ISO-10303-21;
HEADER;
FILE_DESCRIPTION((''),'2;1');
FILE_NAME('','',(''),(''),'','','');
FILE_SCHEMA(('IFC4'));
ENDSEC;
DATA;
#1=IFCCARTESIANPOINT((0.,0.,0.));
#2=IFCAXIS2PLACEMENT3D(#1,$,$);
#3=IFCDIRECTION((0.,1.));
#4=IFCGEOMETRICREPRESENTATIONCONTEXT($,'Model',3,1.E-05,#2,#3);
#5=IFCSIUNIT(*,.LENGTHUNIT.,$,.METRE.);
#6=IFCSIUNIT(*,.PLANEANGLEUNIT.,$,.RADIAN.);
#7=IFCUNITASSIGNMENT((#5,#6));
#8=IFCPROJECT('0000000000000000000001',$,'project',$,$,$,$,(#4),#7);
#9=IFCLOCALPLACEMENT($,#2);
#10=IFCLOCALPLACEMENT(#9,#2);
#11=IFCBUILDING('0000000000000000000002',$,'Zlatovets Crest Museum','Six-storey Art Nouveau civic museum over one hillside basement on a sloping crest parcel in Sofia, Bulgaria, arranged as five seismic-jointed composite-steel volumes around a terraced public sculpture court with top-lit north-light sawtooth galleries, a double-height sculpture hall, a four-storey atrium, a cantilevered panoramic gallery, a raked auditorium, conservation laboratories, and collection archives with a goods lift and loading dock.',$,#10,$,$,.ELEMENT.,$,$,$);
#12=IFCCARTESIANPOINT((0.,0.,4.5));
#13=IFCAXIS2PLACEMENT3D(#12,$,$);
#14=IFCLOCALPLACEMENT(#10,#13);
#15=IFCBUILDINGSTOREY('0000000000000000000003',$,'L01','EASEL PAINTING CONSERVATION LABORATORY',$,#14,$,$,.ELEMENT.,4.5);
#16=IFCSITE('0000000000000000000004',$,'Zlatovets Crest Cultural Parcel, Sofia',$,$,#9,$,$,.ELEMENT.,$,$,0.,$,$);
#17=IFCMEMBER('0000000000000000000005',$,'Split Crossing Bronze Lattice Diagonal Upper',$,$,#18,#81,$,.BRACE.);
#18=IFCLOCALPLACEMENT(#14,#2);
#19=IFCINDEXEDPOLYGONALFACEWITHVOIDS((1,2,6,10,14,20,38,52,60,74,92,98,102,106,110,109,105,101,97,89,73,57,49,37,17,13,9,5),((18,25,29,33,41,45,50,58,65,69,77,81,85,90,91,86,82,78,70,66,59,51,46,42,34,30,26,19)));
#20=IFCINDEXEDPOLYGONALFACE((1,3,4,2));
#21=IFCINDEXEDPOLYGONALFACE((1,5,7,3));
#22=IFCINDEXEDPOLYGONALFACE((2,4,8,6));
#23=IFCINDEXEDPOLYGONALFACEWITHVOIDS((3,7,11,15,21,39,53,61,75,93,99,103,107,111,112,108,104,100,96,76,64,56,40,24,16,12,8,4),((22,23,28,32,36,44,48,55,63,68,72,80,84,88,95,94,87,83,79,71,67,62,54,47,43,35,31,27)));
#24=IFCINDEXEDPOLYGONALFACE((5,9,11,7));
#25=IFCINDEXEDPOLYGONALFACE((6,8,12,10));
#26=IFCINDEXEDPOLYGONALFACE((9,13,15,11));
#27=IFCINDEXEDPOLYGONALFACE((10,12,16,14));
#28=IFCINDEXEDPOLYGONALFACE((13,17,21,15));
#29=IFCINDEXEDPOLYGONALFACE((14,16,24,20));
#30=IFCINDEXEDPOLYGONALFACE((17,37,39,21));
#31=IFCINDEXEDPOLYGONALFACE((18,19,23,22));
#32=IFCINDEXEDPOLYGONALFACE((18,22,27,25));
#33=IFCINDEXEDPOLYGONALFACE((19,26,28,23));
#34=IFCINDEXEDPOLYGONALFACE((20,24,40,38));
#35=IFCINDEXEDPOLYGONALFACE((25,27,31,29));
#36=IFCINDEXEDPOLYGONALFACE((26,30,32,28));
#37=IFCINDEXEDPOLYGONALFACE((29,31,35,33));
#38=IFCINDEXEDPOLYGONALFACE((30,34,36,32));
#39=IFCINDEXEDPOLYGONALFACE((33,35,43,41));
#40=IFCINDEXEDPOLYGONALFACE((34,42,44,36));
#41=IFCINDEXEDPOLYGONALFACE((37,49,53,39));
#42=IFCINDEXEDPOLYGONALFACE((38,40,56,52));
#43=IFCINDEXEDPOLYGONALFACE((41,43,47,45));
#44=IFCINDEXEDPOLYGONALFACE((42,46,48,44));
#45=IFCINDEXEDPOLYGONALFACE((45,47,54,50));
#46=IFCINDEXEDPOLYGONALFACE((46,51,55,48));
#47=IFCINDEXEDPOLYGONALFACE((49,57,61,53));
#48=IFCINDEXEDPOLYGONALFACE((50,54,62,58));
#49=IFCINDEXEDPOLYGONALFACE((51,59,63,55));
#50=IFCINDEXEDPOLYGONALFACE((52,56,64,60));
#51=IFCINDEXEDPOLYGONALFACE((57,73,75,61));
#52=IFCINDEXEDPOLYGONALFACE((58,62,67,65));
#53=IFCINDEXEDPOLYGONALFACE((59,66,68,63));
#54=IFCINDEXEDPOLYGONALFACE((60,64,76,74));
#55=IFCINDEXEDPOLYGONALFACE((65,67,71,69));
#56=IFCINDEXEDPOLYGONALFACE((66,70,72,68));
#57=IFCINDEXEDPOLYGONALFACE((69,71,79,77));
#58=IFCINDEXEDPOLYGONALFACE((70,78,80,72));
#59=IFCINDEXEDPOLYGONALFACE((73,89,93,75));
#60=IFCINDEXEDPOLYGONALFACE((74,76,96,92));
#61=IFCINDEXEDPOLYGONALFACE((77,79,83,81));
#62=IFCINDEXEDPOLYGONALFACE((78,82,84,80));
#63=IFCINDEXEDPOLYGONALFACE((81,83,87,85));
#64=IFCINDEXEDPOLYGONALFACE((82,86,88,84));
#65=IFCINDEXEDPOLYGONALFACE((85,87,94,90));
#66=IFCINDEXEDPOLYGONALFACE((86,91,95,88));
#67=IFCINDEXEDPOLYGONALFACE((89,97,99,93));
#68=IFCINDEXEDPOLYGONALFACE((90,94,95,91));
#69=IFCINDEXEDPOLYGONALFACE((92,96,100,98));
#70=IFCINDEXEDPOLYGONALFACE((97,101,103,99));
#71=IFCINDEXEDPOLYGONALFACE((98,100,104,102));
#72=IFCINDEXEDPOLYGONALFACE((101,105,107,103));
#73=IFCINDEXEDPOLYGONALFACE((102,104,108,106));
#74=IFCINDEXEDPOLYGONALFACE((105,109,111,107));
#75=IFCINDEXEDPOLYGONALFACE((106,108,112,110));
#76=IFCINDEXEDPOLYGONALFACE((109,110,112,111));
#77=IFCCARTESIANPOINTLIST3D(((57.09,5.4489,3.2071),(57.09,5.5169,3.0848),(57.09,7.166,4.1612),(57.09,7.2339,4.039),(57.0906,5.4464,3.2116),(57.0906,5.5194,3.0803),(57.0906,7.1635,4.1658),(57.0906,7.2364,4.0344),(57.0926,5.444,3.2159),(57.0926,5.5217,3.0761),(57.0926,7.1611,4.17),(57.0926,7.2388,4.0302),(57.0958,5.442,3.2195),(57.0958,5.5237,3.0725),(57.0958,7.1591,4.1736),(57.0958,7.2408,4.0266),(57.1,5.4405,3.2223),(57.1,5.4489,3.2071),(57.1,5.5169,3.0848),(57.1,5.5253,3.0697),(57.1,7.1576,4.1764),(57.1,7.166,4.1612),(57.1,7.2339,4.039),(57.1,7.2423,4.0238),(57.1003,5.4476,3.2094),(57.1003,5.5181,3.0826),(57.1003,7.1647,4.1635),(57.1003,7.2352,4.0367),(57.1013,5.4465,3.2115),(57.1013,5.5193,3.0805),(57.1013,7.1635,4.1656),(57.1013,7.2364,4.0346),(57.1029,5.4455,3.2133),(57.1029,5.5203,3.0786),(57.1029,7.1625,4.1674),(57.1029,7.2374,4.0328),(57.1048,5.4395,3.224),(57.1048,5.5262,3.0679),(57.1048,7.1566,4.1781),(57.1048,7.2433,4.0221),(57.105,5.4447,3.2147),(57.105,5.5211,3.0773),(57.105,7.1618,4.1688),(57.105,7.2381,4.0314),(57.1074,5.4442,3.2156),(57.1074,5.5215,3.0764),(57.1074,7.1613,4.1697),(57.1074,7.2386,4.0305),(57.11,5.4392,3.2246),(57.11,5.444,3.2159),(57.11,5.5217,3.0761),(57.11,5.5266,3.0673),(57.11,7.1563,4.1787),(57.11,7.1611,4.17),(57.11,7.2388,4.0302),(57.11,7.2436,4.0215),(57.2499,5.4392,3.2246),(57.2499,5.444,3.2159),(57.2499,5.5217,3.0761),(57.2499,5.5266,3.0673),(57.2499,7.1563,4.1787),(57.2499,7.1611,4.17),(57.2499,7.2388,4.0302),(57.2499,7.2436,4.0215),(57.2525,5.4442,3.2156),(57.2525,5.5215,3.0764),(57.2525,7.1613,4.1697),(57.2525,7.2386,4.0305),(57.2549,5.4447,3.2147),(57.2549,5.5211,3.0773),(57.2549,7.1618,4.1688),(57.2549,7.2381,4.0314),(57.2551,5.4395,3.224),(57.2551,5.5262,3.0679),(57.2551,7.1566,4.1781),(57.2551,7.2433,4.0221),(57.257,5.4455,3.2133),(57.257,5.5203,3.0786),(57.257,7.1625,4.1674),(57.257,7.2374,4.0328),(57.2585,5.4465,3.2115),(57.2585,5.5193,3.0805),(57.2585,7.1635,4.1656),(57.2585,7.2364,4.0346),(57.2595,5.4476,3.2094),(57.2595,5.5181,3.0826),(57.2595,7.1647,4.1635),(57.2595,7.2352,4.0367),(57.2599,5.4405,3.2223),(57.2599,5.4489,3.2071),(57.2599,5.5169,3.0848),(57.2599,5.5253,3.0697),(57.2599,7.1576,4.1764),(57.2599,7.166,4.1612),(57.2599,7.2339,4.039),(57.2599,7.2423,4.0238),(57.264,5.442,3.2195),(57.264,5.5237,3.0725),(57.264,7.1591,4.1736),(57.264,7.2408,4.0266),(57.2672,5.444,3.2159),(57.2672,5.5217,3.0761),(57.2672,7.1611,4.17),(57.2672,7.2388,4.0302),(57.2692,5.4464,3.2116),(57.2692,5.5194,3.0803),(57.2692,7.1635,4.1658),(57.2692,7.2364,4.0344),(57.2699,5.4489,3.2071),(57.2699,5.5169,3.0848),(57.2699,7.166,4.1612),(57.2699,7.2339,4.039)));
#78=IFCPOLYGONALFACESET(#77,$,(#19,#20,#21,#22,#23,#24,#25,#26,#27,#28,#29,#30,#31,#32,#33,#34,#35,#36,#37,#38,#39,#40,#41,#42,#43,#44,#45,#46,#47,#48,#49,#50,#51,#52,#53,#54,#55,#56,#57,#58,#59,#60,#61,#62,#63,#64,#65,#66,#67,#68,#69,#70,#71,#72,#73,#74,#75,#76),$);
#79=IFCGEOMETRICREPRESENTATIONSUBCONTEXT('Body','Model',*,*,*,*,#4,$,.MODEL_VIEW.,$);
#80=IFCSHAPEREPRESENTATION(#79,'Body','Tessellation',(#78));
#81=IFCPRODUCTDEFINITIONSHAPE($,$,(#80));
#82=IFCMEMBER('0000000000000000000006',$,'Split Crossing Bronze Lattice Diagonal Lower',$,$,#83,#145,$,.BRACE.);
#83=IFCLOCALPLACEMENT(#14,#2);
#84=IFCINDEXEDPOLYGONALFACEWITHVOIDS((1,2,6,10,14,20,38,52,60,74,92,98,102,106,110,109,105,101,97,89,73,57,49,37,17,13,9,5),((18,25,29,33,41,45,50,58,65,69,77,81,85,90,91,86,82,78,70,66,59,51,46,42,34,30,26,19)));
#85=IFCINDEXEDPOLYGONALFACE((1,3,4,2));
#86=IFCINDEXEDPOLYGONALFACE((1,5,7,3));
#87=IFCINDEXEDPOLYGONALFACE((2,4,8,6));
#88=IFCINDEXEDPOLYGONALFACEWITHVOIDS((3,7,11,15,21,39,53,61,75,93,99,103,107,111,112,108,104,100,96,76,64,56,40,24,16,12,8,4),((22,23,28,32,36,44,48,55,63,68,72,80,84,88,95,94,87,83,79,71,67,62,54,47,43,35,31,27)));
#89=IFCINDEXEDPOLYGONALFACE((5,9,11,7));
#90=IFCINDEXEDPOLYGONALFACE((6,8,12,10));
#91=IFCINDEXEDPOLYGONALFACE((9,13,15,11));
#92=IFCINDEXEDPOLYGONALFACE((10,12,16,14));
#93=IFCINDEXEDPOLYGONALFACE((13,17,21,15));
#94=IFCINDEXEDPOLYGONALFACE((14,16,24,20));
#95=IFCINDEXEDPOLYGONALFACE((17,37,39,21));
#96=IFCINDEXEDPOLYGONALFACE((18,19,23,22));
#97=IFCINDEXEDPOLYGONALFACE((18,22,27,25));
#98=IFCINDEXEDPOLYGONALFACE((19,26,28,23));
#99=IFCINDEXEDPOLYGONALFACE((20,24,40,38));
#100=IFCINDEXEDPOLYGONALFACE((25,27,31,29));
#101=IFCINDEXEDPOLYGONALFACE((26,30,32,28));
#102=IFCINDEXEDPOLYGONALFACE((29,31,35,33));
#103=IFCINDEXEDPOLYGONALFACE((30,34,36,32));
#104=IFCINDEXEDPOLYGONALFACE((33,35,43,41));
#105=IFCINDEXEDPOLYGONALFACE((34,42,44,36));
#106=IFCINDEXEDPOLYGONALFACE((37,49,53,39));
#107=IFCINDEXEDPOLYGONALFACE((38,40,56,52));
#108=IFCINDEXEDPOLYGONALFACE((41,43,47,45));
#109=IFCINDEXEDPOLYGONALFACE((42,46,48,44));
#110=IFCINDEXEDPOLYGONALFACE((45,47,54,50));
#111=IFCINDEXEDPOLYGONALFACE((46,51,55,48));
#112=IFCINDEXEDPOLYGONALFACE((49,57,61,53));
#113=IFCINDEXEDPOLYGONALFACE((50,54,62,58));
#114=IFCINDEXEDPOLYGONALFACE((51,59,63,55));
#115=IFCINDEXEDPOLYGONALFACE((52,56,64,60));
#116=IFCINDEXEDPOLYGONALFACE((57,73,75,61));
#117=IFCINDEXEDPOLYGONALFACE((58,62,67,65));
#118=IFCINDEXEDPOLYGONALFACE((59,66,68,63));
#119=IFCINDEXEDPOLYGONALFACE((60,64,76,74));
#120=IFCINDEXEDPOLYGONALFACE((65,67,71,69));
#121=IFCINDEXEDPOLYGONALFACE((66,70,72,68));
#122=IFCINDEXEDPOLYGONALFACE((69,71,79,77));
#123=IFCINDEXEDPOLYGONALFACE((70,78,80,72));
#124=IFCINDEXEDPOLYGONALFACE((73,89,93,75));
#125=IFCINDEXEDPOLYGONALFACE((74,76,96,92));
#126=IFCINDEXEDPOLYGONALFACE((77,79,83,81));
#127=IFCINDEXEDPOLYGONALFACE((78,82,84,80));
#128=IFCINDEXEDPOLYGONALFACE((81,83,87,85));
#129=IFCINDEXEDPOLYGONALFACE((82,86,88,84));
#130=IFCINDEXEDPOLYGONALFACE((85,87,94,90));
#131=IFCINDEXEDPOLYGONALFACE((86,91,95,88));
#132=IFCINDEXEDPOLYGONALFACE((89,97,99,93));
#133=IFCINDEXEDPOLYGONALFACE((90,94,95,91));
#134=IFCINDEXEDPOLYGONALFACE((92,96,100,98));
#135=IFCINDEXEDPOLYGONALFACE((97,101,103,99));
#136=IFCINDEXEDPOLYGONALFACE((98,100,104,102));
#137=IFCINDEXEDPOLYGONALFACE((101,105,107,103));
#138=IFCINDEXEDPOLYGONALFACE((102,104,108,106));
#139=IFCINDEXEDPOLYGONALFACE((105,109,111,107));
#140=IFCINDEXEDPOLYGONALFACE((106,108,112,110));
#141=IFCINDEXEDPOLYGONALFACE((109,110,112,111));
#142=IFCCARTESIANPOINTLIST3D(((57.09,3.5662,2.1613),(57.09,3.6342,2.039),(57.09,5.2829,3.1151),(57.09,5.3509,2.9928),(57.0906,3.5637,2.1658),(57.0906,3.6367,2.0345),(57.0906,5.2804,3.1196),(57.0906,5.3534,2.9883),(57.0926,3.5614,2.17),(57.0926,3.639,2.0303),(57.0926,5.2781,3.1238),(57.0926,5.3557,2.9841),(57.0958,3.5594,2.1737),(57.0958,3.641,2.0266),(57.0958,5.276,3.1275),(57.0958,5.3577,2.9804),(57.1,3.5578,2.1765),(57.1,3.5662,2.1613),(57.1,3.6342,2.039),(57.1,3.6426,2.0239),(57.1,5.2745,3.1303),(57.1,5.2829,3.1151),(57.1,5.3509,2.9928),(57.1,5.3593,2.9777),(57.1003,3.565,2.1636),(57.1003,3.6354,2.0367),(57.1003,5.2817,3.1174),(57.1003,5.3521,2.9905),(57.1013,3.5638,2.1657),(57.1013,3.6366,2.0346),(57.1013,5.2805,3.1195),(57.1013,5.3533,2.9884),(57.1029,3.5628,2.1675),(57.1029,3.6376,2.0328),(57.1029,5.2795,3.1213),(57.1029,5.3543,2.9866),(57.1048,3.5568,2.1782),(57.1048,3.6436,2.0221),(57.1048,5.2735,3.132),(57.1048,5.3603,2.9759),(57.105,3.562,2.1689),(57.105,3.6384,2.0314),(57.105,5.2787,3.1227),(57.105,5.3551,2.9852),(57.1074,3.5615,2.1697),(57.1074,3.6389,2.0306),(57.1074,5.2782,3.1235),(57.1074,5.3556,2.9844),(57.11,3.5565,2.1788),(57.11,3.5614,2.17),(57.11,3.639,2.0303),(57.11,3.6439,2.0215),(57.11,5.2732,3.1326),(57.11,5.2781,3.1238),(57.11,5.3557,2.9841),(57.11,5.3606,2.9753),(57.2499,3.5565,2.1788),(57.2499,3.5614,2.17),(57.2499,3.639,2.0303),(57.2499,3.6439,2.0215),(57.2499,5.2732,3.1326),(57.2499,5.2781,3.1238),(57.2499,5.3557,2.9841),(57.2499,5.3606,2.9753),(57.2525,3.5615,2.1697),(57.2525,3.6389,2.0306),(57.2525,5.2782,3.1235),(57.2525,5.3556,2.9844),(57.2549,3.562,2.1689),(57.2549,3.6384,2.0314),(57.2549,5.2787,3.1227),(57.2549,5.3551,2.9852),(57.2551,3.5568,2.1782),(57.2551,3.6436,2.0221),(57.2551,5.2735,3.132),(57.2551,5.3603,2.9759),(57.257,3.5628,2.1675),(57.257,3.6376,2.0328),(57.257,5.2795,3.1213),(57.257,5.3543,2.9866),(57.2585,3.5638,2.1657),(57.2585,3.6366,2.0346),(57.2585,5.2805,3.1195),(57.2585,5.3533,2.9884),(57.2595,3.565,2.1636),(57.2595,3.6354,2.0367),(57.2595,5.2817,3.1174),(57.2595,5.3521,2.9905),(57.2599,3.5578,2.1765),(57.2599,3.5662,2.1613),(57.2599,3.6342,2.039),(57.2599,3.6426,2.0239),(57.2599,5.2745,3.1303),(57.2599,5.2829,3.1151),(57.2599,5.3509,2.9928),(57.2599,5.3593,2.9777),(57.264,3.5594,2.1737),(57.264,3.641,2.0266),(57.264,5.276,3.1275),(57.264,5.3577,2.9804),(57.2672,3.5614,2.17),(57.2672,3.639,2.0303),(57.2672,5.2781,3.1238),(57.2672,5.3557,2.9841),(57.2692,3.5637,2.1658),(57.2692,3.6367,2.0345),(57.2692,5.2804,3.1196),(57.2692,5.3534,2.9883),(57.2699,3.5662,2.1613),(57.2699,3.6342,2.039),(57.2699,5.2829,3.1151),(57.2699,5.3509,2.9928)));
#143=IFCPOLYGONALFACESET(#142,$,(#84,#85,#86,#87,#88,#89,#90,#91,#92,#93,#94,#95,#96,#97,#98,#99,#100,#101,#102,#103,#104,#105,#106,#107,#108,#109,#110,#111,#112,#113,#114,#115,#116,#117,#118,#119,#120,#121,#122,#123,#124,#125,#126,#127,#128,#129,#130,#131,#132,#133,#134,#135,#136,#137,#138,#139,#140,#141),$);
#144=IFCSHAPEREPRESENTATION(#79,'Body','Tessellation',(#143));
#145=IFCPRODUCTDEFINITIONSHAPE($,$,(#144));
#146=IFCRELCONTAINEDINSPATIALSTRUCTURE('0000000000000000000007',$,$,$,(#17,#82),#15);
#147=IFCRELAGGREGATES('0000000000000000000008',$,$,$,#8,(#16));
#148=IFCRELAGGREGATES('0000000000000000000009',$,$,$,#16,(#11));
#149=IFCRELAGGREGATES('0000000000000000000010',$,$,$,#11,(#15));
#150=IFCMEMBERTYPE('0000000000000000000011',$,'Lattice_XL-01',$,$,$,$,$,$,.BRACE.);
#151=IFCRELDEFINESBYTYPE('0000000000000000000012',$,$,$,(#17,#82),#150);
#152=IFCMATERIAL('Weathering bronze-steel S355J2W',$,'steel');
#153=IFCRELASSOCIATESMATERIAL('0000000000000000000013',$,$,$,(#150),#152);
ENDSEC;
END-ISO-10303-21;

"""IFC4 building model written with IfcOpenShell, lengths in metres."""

from ifc_helpers import new_model, si_unit, direction, frame, origin, origin_2d, place, context, subcontext, project, spatial, hollow_rectangle, extrude, material, material_profile, profile_set, type_object, element, save


model = new_model("IFC4")

# Units and contexts
model_context = context("Model", 3, precision=1e-05, world=origin(), true_north=direction((0.0, 1.0)))
body_context = subcontext(model_context, "Body", "Model", "MODEL_VIEW")
ifc_project = project(units=[si_unit("LENGTHUNIT", "METRE"), si_unit("PLANEANGLEUNIT", "RADIAN")], contexts=[model_context])

# Site, building, storey
site_placement = place(None, origin())
site = spatial("IfcSite", under=ifc_project, at=site_placement, Name="Zlatovets Crest Cultural Parcel, Sofia", CompositionType="ELEMENT", RefElevation=0.0)
building_placement = place(site_placement, origin())
building = spatial("IfcBuilding", under=site, at=building_placement, Name="Zlatovets Crest Museum", Description="Six-storey Art Nouveau civic museum over one hillside basement on a sloping crest parcel in Sofia, Bulgaria, arranged as five seismic-jointed composite-steel volumes around a terraced public sculpture court with top-lit north-light sawtooth galleries, a double-height sculpture hall, a four-storey atrium, a cantilevered panoramic gallery, a raked auditorium, conservation laboratories, and collection archives with a goods lift and loading dock.", CompositionType="ELEMENT")
storey_placement = place(building_placement, frame((0.0, 0.0, 4.5)))
storey = spatial("IfcBuildingStorey", under=building, at=storey_placement, Name="L01", Description="EASEL PAINTING CONSERVATION LABORATORY", CompositionType="ELEMENT", Elevation=4.5)

# Members
ifc_material_1 = material(Name="Weathering bronze-steel S355J2W", Category="steel")
ifc_material_profile_1 = material_profile(ifc_material_1, hollow_rectangle(XDim=0.1799, YDim=0.1799, WallThickness=0.01, InnerFilletRadius=0.01, OuterFilletRadius=0.02, at=origin_2d()), Name="SHS 180x180x10.0")
ifc_profile_set_1 = profile_set([ifc_material_profile_1], Name="Weathering bronze-steel S355J2W")
member_type_1 = type_object("IfcMemberType", Name="Lattice_XL-01", PredefinedType="BRACE", material=ifc_profile_set_1)
member_1_placement = place(storey_placement, frame((57.1799, 7.2, 4.1001), z_axis=(0.0, -0.874116, -0.485717), x_axis=(1.0, 0.0, 0.0)))
element("IfcMember", 1, at=member_1_placement, inside=storey, type_object=member_type_1, Name="Split Crossing Bronze Lattice Diagonal Upper", PredefinedType="BRACE", context=body_context, shape_type="SweptSolid", body=[
    extrude(hollow_rectangle(XDim=0.1799, YDim=0.1799, WallThickness=0.01, InnerFilletRadius=0.01, OuterFilletRadius=0.02, at=origin_2d()), origin(), (0.0, 0.0, 1.0), 1.9644),
])
member_2_placement = place(storey_placement, frame((57.1799, 5.3169, 3.054), z_axis=(0.0, -0.87414, -0.485675), x_axis=(1.0, 0.0, 0.0)))
element("IfcMember", 2, at=member_2_placement, inside=storey, type_object=member_type_1, Name="Split Crossing Bronze Lattice Diagonal Lower", PredefinedType="BRACE", context=body_context, shape_type="SweptSolid", body=[
    extrude(hollow_rectangle(XDim=0.1799, YDim=0.1799, WallThickness=0.01, InnerFilletRadius=0.01, OuterFilletRadius=0.02, at=origin_2d()), origin(), (0.0, 0.0, 1.0), 1.9639),
])

save(model, "model.ifc")
